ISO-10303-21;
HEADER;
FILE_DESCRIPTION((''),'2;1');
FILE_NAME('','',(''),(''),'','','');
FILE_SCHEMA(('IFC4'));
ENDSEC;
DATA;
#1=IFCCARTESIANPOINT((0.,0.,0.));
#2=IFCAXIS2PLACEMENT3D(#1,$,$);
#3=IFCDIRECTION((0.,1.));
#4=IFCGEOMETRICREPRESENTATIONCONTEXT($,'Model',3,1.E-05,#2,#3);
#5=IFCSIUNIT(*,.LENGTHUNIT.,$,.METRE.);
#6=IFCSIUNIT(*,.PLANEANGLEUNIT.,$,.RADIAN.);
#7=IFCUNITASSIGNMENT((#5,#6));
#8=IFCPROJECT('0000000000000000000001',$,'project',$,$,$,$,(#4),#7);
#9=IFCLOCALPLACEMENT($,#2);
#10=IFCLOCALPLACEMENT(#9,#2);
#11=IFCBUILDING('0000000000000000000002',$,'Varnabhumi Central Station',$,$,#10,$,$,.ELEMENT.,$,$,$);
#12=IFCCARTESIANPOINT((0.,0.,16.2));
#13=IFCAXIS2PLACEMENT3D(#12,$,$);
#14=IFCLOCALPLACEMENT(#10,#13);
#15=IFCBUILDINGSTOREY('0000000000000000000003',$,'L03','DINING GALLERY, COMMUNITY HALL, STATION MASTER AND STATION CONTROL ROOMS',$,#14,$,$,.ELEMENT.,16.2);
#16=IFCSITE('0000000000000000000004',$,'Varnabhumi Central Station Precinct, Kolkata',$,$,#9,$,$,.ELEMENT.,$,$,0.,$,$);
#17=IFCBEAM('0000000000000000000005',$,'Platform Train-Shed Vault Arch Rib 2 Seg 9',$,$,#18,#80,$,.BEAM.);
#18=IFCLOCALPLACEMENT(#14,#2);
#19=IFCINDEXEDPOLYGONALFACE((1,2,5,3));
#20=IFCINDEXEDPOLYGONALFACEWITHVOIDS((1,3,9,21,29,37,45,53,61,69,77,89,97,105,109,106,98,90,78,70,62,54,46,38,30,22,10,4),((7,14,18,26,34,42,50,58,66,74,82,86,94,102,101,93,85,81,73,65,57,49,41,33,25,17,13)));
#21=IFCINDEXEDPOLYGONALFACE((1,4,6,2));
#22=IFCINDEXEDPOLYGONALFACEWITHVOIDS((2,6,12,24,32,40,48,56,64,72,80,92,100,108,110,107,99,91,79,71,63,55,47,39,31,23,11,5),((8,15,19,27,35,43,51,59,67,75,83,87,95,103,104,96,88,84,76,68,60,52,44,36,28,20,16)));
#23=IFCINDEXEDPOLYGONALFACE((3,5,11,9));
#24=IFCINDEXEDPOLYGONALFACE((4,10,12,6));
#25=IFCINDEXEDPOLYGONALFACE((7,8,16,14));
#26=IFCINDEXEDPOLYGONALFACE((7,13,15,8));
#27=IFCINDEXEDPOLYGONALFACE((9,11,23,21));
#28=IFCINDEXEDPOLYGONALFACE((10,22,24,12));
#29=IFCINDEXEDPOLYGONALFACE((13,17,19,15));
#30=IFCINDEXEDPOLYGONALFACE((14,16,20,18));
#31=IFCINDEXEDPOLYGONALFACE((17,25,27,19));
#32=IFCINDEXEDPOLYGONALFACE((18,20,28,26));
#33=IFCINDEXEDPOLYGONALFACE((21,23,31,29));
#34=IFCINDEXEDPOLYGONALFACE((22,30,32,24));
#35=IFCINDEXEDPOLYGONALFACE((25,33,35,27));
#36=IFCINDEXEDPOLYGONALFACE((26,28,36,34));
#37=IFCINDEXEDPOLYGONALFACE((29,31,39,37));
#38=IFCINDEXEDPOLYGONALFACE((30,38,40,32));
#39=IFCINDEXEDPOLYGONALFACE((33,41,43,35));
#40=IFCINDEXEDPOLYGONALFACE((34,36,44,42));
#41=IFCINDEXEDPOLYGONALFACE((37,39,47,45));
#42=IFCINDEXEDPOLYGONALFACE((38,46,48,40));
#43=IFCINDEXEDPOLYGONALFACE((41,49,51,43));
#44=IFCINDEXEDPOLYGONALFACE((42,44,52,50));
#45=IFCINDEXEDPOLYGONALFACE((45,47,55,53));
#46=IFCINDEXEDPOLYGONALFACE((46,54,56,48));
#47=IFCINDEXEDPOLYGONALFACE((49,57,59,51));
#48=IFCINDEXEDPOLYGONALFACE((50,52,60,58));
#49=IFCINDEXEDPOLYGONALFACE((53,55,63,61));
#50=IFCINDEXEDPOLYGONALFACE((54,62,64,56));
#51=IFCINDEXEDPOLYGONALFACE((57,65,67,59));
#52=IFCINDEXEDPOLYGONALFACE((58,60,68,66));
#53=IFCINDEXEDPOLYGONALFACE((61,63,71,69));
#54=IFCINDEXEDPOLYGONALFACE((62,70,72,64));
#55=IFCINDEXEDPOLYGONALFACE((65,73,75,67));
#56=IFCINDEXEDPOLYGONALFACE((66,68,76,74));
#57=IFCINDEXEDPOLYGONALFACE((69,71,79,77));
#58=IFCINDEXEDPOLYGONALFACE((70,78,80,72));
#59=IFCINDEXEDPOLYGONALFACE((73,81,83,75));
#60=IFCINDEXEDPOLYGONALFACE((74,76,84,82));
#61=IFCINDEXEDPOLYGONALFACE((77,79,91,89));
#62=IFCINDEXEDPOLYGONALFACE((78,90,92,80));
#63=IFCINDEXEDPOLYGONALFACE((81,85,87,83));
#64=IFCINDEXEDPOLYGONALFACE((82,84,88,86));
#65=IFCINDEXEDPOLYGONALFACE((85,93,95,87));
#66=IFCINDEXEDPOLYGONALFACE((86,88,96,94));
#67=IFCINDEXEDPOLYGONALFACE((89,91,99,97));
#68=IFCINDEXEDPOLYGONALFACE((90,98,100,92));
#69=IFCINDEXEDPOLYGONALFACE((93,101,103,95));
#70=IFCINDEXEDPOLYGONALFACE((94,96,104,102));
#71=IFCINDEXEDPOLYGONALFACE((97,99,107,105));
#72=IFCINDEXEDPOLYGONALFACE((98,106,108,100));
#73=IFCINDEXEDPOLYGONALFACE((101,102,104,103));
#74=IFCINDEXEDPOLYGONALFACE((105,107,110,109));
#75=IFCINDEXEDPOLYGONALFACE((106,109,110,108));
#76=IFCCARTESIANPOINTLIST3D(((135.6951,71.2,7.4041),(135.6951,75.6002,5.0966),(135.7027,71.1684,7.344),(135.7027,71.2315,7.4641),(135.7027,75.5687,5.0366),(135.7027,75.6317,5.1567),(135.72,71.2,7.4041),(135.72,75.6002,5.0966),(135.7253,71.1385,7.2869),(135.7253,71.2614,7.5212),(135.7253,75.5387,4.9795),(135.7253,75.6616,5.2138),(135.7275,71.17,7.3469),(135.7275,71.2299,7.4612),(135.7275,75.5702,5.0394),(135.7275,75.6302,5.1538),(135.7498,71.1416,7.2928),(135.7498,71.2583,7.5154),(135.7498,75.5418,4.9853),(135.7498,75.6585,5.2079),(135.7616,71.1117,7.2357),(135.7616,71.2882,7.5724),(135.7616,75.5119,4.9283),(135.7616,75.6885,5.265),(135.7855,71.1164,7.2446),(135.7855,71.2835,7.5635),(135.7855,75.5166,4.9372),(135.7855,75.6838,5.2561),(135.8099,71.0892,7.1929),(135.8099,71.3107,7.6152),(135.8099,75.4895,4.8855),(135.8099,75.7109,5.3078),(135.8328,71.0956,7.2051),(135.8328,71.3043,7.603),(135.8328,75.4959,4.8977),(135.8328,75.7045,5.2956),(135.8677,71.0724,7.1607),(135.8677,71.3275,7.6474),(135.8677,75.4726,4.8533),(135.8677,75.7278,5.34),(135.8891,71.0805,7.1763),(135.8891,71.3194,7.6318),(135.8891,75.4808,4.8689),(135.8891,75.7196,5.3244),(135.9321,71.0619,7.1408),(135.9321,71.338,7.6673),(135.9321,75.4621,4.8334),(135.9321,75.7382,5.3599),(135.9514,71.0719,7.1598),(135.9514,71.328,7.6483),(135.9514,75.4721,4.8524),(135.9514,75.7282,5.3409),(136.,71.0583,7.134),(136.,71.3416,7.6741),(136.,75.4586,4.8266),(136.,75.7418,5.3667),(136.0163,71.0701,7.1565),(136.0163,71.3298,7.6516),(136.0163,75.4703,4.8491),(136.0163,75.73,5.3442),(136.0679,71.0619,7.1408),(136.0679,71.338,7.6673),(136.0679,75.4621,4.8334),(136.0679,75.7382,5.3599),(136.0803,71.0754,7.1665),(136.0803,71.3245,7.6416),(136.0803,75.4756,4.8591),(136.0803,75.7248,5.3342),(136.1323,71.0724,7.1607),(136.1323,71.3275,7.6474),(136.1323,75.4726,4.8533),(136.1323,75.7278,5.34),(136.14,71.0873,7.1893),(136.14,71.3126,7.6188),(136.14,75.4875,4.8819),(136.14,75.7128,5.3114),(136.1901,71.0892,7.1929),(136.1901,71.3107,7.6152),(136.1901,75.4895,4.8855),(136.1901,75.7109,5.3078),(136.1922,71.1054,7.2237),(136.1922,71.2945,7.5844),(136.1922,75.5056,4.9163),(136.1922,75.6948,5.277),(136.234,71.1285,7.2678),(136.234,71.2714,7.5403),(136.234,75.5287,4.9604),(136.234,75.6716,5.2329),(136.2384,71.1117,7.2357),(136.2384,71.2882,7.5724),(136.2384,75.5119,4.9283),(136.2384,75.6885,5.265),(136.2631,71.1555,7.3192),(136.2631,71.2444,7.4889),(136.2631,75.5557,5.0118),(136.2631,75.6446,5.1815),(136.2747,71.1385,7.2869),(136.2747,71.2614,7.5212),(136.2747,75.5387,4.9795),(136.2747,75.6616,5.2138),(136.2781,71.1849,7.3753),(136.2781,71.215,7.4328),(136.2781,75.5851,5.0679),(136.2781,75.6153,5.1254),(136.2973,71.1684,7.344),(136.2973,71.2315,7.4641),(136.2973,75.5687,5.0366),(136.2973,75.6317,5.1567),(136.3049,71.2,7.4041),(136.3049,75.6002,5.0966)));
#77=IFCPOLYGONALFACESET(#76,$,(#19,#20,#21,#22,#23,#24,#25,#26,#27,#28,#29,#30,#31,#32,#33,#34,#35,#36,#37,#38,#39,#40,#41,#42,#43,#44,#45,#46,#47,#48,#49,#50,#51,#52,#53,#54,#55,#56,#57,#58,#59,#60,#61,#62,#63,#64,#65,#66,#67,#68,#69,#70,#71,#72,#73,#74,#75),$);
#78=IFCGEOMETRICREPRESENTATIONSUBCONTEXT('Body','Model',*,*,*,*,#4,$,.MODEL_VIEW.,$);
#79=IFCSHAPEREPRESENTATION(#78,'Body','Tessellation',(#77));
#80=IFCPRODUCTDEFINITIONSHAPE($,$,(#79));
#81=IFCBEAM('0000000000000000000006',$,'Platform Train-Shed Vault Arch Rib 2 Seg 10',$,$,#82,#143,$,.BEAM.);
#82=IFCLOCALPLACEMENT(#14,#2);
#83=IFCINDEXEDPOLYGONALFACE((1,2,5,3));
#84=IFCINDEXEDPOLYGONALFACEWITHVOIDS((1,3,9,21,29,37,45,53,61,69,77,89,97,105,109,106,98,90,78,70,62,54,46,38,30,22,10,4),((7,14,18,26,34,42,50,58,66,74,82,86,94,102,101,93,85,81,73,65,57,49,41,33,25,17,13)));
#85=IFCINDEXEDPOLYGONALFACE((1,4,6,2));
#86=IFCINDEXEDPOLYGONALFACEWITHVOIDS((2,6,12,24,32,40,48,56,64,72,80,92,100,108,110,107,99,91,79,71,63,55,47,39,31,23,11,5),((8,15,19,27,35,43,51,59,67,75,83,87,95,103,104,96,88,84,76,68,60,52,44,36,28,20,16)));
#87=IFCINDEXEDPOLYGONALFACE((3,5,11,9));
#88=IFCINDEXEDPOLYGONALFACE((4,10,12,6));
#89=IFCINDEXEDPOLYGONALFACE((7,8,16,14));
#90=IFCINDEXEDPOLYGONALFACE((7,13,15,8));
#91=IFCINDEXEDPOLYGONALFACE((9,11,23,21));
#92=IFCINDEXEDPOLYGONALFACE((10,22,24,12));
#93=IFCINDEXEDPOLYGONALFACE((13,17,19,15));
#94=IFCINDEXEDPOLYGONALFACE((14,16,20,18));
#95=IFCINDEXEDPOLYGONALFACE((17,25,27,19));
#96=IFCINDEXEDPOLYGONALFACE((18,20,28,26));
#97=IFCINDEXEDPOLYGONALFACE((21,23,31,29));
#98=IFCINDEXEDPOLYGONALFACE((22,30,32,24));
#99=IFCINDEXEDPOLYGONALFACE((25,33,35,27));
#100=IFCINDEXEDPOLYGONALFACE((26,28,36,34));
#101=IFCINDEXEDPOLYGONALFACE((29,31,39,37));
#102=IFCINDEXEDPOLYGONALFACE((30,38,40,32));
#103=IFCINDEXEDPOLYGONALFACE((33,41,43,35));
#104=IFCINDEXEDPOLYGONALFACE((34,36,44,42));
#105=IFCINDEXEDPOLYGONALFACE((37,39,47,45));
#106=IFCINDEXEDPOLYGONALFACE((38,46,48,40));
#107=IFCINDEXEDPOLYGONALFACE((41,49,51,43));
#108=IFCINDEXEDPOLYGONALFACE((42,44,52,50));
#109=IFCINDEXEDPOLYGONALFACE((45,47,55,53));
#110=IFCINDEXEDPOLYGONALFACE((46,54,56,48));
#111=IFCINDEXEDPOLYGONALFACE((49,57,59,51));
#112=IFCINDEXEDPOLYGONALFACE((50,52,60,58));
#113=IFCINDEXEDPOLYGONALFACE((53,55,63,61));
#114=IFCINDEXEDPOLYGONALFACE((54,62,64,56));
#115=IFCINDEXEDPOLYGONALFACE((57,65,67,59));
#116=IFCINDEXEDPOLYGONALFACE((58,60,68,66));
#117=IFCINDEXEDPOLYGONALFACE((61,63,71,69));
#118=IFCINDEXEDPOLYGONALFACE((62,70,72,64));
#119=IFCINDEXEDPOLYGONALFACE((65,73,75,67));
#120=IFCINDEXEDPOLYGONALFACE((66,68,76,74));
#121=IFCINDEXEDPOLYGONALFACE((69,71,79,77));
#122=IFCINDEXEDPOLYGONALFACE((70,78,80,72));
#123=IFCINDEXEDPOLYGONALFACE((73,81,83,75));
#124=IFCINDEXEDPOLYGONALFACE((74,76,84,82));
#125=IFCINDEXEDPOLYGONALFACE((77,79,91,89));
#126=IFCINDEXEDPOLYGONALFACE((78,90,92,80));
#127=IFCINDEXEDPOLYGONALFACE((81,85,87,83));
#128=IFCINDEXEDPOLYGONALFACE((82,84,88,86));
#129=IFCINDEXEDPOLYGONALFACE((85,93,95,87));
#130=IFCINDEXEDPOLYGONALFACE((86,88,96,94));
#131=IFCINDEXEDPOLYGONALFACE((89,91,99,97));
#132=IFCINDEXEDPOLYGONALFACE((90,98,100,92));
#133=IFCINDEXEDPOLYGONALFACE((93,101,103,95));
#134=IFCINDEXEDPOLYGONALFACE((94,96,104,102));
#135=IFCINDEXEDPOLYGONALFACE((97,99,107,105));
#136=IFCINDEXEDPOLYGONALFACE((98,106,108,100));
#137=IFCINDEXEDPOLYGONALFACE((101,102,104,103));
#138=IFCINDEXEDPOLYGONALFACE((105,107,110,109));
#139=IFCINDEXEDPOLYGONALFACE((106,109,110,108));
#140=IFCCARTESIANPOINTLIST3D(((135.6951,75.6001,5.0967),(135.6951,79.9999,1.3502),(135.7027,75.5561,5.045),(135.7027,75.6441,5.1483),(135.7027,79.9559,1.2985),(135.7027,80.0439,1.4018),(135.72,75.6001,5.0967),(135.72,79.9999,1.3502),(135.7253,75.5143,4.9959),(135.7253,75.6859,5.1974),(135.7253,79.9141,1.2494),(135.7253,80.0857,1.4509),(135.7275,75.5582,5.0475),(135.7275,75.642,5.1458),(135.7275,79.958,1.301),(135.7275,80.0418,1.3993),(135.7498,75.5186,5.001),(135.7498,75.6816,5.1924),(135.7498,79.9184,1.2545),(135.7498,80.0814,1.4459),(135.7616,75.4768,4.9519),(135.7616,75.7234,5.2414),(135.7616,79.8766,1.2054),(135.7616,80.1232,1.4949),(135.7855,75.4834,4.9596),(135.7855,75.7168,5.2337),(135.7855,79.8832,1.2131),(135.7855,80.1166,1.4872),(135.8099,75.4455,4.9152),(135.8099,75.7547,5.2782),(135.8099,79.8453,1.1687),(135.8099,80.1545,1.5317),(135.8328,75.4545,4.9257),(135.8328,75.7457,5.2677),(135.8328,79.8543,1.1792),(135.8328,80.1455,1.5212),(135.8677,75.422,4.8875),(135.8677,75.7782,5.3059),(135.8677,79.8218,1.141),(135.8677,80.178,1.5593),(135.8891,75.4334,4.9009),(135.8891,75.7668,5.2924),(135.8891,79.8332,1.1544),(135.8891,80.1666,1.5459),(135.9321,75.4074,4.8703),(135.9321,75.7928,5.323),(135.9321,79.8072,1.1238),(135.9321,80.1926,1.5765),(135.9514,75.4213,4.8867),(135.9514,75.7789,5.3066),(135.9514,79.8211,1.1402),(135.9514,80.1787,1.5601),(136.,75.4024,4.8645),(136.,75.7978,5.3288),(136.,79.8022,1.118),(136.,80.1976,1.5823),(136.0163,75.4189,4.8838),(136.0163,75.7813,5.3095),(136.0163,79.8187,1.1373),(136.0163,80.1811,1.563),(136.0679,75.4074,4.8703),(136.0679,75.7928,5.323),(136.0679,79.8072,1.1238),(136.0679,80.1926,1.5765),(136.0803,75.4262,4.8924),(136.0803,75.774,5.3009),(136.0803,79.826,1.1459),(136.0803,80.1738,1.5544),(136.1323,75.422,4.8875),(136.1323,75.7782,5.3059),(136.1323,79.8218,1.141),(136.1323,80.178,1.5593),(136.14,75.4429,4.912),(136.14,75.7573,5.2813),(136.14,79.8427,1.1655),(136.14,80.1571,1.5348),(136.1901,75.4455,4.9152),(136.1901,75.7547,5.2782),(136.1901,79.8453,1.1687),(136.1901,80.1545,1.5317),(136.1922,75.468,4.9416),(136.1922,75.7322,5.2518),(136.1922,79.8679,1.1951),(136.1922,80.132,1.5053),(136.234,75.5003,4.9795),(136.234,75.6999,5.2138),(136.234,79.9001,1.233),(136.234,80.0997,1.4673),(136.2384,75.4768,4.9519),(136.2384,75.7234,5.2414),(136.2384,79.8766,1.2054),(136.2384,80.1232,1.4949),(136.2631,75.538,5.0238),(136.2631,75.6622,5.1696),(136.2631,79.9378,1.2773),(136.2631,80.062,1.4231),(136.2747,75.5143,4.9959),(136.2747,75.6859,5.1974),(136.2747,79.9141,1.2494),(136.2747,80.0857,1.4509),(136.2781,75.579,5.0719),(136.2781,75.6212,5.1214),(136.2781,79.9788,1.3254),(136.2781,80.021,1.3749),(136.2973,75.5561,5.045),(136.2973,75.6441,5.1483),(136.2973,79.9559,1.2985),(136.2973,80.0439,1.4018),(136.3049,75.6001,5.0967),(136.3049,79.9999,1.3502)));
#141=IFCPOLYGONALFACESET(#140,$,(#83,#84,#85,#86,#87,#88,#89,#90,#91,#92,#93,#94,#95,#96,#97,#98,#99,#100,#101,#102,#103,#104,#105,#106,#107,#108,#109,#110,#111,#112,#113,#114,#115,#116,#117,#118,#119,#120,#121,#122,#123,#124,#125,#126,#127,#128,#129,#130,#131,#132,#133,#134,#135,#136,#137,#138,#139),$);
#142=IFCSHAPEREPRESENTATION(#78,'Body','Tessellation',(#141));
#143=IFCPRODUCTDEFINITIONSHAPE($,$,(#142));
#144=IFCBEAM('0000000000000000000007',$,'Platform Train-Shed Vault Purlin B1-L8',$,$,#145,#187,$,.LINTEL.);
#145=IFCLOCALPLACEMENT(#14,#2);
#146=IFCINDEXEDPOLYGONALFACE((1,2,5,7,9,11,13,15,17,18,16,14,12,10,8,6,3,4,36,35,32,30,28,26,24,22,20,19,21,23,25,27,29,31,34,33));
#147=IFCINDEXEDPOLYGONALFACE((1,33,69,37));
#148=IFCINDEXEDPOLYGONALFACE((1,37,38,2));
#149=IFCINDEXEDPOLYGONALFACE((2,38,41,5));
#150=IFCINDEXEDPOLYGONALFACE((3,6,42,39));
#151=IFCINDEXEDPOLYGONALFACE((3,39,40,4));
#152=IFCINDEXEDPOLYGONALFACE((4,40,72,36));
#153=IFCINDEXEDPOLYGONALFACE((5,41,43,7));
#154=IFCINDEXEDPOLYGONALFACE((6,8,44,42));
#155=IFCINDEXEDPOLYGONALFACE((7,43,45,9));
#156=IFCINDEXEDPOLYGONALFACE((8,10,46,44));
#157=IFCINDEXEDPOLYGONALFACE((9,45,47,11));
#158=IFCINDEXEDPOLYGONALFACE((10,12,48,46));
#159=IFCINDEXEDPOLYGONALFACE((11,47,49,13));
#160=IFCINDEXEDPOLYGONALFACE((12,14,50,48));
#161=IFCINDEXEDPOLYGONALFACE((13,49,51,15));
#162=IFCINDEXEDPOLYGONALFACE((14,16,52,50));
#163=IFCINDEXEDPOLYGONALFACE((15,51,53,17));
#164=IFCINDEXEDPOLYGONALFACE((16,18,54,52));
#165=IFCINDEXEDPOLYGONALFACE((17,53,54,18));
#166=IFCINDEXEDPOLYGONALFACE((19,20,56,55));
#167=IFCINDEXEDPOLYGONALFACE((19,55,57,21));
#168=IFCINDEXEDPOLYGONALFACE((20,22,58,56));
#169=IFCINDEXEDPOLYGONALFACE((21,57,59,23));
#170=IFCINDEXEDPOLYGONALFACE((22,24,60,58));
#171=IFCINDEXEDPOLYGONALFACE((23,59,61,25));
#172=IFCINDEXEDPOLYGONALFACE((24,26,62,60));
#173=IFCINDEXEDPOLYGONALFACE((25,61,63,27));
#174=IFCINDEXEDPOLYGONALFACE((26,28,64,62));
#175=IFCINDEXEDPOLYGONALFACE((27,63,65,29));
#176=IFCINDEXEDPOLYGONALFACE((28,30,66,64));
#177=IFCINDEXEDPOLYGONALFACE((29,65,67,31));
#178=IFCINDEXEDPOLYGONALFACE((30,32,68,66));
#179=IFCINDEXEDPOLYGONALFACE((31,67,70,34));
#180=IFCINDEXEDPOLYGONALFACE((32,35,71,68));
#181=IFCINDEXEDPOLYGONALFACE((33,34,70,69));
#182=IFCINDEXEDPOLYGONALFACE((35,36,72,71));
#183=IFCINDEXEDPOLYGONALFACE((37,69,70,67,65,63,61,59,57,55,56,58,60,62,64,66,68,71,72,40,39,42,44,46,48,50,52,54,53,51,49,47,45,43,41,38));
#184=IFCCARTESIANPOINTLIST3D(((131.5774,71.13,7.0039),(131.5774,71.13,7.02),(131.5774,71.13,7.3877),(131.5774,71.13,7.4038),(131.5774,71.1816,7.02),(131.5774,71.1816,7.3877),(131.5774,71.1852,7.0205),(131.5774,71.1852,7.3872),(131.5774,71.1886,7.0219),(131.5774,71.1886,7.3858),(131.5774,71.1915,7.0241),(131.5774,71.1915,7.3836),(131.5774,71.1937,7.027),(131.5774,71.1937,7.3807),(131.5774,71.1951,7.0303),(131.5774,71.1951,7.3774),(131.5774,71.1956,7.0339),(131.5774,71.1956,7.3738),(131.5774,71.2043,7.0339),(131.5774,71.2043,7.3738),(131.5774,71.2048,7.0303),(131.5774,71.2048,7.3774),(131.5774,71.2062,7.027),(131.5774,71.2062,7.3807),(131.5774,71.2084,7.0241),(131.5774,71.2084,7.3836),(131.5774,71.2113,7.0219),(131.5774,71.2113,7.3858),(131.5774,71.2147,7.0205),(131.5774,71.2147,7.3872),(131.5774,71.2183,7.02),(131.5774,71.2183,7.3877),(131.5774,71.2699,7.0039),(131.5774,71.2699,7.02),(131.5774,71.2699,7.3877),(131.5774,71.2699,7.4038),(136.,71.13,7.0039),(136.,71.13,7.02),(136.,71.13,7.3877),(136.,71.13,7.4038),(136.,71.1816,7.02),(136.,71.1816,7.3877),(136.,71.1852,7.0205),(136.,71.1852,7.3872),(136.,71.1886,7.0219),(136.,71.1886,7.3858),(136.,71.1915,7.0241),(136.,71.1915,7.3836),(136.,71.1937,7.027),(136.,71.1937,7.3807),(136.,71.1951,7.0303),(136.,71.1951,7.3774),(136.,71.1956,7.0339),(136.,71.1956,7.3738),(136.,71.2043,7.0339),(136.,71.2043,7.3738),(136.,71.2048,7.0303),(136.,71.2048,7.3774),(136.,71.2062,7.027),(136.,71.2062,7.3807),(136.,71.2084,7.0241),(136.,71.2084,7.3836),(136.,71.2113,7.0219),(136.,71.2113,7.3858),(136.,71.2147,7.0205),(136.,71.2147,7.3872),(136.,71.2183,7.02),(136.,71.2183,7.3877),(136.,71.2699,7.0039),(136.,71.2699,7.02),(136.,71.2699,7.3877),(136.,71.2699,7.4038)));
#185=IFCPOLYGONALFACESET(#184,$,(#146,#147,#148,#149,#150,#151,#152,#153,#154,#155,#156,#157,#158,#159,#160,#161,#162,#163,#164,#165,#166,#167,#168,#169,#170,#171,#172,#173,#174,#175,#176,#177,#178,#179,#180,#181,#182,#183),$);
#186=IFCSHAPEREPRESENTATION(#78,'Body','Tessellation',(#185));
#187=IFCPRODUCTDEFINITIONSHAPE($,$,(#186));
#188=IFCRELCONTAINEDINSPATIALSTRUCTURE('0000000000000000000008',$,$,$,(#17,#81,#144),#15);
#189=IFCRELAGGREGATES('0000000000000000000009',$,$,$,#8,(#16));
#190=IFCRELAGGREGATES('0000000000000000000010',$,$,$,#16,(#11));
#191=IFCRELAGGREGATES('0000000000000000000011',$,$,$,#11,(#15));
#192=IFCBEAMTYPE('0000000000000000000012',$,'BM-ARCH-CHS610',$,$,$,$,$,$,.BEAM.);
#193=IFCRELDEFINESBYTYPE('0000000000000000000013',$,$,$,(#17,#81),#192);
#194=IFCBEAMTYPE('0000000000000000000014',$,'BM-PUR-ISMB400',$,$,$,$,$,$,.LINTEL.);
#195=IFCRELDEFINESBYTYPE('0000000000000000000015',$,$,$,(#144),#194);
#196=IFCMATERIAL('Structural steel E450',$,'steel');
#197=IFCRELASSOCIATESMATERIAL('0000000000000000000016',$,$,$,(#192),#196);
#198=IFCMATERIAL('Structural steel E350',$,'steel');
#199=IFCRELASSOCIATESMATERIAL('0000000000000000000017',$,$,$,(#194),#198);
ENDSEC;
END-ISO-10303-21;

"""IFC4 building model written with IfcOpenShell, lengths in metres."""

from ifc_helpers import new_model, si_unit, direction, frame, origin, origin_2d, place, context, subcontext, project, spatial, hollow_circle, i_section, extrude, material, material_profile, profile_set, type_object, element, save


model = new_model("IFC4")

# Units and contexts
model_context = context("Model", 3, precision=1e-05, world=origin(), true_north=direction((0.0, 1.0)))
body_context = subcontext(model_context, "Body", "Model", "MODEL_VIEW")
ifc_project = project(units=[si_unit("LENGTHUNIT", "METRE"), si_unit("PLANEANGLEUNIT", "RADIAN")], contexts=[model_context])

# Site, building, storey
site_placement = place(None, origin())
site = spatial("IfcSite", under=ifc_project, at=site_placement, Name="Varnabhumi Central Station Precinct, Kolkata", CompositionType="ELEMENT", RefElevation=0.0)
building_placement = place(site_placement, origin())
building = spatial("IfcBuilding", under=site, at=building_placement, Name="Varnabhumi Central Station", CompositionType="ELEMENT")
storey_placement = place(building_placement, frame((0.0, 0.0, 16.2)))
storey = spatial("IfcBuildingStorey", under=building, at=storey_placement, Name="L03", Description="DINING GALLERY, COMMUNITY HALL, STATION MASTER AND STATION CONTROL ROOMS", CompositionType="ELEMENT", Elevation=16.2)

# Beams
ifc_material_1 = material(Name="Structural steel E450", Category="steel")
ifc_material_profile_1 = material_profile(ifc_material_1, hollow_circle(Radius=0.3049, WallThickness=0.0249, at=origin_2d()), Name="Structural steel E450", Category="steel")
ifc_profile_set_1 = profile_set([ifc_material_profile_1], Name="Structural steel E450")
beam_type_1 = type_object("IfcBeamType", Name="BM-ARCH-CHS610", PredefinedType="BEAM", material=ifc_profile_set_1)
beam_1_placement = place(storey_placement, frame((136.0, 71.2, 7.4041), z_axis=(0.0, 0.885622, -0.464407), x_axis=(-1.0, 0.0, 0.0)))
element("IfcBeam", 1, at=beam_1_placement, inside=storey, type_object=beam_type_1, Name="Platform Train-Shed Vault Arch Rib 2 Seg 9", PredefinedType="BEAM", context=body_context, shape_type="SweptSolid", body=[
    extrude(hollow_circle(Radius=0.3049, WallThickness=0.0249, at=origin_2d()), origin(), (0.0, 0.0, 1.0), 4.9685),
])
beam_2_placement = place(storey_placement, frame((136.0, 75.6001, 5.0967), z_axis=(0.0, 0.76137, -0.648318), x_axis=(-1.0, 0.0, 0.0)))
element("IfcBeam", 2, at=beam_2_placement, inside=storey, type_object=beam_type_1, Name="Platform Train-Shed Vault Arch Rib 2 Seg 10", PredefinedType="BEAM", context=body_context, shape_type="SweptSolid", body=[
    extrude(hollow_circle(Radius=0.3049, WallThickness=0.0249, at=origin_2d()), origin(), (0.0, 0.0, 1.0), 5.7788),
])
ifc_material_2 = material(Name="Structural steel E350", Category="steel")
ifc_material_profile_2 = material_profile(ifc_material_2, i_section(OverallWidth=0.1399, OverallDepth=0.3999, WebThickness=0.0088, FlangeThickness=0.0161, FilletRadius=0.0139, at=origin_2d()), Name="Structural steel E350", Category="steel")
ifc_profile_set_2 = profile_set([ifc_material_profile_2], Name="Structural steel E350")
beam_type_2 = type_object("IfcBeamType", Name="BM-PUR-ISMB400", PredefinedType="LINTEL", material=ifc_profile_set_2)
beam_3_placement = place(storey_placement, frame((131.5774, 71.2, 7.2039), z_axis=(1.0, 0.0, 0.0), x_axis=(0.0, 1.0, 0.0)))
element("IfcBeam", 3, at=beam_3_placement, inside=storey, type_object=beam_type_2, Name="Platform Train-Shed Vault Purlin B1-L8", PredefinedType="LINTEL", context=body_context, shape_type="SweptSolid", body=[
    extrude(i_section(OverallWidth=0.1399, OverallDepth=0.3999, WebThickness=0.0088, FlangeThickness=0.0161, FilletRadius=0.0139, at=origin_2d()), origin(), (0.0, 0.0, 1.0), 4.4226),
])

save(model, "model.ifc")
